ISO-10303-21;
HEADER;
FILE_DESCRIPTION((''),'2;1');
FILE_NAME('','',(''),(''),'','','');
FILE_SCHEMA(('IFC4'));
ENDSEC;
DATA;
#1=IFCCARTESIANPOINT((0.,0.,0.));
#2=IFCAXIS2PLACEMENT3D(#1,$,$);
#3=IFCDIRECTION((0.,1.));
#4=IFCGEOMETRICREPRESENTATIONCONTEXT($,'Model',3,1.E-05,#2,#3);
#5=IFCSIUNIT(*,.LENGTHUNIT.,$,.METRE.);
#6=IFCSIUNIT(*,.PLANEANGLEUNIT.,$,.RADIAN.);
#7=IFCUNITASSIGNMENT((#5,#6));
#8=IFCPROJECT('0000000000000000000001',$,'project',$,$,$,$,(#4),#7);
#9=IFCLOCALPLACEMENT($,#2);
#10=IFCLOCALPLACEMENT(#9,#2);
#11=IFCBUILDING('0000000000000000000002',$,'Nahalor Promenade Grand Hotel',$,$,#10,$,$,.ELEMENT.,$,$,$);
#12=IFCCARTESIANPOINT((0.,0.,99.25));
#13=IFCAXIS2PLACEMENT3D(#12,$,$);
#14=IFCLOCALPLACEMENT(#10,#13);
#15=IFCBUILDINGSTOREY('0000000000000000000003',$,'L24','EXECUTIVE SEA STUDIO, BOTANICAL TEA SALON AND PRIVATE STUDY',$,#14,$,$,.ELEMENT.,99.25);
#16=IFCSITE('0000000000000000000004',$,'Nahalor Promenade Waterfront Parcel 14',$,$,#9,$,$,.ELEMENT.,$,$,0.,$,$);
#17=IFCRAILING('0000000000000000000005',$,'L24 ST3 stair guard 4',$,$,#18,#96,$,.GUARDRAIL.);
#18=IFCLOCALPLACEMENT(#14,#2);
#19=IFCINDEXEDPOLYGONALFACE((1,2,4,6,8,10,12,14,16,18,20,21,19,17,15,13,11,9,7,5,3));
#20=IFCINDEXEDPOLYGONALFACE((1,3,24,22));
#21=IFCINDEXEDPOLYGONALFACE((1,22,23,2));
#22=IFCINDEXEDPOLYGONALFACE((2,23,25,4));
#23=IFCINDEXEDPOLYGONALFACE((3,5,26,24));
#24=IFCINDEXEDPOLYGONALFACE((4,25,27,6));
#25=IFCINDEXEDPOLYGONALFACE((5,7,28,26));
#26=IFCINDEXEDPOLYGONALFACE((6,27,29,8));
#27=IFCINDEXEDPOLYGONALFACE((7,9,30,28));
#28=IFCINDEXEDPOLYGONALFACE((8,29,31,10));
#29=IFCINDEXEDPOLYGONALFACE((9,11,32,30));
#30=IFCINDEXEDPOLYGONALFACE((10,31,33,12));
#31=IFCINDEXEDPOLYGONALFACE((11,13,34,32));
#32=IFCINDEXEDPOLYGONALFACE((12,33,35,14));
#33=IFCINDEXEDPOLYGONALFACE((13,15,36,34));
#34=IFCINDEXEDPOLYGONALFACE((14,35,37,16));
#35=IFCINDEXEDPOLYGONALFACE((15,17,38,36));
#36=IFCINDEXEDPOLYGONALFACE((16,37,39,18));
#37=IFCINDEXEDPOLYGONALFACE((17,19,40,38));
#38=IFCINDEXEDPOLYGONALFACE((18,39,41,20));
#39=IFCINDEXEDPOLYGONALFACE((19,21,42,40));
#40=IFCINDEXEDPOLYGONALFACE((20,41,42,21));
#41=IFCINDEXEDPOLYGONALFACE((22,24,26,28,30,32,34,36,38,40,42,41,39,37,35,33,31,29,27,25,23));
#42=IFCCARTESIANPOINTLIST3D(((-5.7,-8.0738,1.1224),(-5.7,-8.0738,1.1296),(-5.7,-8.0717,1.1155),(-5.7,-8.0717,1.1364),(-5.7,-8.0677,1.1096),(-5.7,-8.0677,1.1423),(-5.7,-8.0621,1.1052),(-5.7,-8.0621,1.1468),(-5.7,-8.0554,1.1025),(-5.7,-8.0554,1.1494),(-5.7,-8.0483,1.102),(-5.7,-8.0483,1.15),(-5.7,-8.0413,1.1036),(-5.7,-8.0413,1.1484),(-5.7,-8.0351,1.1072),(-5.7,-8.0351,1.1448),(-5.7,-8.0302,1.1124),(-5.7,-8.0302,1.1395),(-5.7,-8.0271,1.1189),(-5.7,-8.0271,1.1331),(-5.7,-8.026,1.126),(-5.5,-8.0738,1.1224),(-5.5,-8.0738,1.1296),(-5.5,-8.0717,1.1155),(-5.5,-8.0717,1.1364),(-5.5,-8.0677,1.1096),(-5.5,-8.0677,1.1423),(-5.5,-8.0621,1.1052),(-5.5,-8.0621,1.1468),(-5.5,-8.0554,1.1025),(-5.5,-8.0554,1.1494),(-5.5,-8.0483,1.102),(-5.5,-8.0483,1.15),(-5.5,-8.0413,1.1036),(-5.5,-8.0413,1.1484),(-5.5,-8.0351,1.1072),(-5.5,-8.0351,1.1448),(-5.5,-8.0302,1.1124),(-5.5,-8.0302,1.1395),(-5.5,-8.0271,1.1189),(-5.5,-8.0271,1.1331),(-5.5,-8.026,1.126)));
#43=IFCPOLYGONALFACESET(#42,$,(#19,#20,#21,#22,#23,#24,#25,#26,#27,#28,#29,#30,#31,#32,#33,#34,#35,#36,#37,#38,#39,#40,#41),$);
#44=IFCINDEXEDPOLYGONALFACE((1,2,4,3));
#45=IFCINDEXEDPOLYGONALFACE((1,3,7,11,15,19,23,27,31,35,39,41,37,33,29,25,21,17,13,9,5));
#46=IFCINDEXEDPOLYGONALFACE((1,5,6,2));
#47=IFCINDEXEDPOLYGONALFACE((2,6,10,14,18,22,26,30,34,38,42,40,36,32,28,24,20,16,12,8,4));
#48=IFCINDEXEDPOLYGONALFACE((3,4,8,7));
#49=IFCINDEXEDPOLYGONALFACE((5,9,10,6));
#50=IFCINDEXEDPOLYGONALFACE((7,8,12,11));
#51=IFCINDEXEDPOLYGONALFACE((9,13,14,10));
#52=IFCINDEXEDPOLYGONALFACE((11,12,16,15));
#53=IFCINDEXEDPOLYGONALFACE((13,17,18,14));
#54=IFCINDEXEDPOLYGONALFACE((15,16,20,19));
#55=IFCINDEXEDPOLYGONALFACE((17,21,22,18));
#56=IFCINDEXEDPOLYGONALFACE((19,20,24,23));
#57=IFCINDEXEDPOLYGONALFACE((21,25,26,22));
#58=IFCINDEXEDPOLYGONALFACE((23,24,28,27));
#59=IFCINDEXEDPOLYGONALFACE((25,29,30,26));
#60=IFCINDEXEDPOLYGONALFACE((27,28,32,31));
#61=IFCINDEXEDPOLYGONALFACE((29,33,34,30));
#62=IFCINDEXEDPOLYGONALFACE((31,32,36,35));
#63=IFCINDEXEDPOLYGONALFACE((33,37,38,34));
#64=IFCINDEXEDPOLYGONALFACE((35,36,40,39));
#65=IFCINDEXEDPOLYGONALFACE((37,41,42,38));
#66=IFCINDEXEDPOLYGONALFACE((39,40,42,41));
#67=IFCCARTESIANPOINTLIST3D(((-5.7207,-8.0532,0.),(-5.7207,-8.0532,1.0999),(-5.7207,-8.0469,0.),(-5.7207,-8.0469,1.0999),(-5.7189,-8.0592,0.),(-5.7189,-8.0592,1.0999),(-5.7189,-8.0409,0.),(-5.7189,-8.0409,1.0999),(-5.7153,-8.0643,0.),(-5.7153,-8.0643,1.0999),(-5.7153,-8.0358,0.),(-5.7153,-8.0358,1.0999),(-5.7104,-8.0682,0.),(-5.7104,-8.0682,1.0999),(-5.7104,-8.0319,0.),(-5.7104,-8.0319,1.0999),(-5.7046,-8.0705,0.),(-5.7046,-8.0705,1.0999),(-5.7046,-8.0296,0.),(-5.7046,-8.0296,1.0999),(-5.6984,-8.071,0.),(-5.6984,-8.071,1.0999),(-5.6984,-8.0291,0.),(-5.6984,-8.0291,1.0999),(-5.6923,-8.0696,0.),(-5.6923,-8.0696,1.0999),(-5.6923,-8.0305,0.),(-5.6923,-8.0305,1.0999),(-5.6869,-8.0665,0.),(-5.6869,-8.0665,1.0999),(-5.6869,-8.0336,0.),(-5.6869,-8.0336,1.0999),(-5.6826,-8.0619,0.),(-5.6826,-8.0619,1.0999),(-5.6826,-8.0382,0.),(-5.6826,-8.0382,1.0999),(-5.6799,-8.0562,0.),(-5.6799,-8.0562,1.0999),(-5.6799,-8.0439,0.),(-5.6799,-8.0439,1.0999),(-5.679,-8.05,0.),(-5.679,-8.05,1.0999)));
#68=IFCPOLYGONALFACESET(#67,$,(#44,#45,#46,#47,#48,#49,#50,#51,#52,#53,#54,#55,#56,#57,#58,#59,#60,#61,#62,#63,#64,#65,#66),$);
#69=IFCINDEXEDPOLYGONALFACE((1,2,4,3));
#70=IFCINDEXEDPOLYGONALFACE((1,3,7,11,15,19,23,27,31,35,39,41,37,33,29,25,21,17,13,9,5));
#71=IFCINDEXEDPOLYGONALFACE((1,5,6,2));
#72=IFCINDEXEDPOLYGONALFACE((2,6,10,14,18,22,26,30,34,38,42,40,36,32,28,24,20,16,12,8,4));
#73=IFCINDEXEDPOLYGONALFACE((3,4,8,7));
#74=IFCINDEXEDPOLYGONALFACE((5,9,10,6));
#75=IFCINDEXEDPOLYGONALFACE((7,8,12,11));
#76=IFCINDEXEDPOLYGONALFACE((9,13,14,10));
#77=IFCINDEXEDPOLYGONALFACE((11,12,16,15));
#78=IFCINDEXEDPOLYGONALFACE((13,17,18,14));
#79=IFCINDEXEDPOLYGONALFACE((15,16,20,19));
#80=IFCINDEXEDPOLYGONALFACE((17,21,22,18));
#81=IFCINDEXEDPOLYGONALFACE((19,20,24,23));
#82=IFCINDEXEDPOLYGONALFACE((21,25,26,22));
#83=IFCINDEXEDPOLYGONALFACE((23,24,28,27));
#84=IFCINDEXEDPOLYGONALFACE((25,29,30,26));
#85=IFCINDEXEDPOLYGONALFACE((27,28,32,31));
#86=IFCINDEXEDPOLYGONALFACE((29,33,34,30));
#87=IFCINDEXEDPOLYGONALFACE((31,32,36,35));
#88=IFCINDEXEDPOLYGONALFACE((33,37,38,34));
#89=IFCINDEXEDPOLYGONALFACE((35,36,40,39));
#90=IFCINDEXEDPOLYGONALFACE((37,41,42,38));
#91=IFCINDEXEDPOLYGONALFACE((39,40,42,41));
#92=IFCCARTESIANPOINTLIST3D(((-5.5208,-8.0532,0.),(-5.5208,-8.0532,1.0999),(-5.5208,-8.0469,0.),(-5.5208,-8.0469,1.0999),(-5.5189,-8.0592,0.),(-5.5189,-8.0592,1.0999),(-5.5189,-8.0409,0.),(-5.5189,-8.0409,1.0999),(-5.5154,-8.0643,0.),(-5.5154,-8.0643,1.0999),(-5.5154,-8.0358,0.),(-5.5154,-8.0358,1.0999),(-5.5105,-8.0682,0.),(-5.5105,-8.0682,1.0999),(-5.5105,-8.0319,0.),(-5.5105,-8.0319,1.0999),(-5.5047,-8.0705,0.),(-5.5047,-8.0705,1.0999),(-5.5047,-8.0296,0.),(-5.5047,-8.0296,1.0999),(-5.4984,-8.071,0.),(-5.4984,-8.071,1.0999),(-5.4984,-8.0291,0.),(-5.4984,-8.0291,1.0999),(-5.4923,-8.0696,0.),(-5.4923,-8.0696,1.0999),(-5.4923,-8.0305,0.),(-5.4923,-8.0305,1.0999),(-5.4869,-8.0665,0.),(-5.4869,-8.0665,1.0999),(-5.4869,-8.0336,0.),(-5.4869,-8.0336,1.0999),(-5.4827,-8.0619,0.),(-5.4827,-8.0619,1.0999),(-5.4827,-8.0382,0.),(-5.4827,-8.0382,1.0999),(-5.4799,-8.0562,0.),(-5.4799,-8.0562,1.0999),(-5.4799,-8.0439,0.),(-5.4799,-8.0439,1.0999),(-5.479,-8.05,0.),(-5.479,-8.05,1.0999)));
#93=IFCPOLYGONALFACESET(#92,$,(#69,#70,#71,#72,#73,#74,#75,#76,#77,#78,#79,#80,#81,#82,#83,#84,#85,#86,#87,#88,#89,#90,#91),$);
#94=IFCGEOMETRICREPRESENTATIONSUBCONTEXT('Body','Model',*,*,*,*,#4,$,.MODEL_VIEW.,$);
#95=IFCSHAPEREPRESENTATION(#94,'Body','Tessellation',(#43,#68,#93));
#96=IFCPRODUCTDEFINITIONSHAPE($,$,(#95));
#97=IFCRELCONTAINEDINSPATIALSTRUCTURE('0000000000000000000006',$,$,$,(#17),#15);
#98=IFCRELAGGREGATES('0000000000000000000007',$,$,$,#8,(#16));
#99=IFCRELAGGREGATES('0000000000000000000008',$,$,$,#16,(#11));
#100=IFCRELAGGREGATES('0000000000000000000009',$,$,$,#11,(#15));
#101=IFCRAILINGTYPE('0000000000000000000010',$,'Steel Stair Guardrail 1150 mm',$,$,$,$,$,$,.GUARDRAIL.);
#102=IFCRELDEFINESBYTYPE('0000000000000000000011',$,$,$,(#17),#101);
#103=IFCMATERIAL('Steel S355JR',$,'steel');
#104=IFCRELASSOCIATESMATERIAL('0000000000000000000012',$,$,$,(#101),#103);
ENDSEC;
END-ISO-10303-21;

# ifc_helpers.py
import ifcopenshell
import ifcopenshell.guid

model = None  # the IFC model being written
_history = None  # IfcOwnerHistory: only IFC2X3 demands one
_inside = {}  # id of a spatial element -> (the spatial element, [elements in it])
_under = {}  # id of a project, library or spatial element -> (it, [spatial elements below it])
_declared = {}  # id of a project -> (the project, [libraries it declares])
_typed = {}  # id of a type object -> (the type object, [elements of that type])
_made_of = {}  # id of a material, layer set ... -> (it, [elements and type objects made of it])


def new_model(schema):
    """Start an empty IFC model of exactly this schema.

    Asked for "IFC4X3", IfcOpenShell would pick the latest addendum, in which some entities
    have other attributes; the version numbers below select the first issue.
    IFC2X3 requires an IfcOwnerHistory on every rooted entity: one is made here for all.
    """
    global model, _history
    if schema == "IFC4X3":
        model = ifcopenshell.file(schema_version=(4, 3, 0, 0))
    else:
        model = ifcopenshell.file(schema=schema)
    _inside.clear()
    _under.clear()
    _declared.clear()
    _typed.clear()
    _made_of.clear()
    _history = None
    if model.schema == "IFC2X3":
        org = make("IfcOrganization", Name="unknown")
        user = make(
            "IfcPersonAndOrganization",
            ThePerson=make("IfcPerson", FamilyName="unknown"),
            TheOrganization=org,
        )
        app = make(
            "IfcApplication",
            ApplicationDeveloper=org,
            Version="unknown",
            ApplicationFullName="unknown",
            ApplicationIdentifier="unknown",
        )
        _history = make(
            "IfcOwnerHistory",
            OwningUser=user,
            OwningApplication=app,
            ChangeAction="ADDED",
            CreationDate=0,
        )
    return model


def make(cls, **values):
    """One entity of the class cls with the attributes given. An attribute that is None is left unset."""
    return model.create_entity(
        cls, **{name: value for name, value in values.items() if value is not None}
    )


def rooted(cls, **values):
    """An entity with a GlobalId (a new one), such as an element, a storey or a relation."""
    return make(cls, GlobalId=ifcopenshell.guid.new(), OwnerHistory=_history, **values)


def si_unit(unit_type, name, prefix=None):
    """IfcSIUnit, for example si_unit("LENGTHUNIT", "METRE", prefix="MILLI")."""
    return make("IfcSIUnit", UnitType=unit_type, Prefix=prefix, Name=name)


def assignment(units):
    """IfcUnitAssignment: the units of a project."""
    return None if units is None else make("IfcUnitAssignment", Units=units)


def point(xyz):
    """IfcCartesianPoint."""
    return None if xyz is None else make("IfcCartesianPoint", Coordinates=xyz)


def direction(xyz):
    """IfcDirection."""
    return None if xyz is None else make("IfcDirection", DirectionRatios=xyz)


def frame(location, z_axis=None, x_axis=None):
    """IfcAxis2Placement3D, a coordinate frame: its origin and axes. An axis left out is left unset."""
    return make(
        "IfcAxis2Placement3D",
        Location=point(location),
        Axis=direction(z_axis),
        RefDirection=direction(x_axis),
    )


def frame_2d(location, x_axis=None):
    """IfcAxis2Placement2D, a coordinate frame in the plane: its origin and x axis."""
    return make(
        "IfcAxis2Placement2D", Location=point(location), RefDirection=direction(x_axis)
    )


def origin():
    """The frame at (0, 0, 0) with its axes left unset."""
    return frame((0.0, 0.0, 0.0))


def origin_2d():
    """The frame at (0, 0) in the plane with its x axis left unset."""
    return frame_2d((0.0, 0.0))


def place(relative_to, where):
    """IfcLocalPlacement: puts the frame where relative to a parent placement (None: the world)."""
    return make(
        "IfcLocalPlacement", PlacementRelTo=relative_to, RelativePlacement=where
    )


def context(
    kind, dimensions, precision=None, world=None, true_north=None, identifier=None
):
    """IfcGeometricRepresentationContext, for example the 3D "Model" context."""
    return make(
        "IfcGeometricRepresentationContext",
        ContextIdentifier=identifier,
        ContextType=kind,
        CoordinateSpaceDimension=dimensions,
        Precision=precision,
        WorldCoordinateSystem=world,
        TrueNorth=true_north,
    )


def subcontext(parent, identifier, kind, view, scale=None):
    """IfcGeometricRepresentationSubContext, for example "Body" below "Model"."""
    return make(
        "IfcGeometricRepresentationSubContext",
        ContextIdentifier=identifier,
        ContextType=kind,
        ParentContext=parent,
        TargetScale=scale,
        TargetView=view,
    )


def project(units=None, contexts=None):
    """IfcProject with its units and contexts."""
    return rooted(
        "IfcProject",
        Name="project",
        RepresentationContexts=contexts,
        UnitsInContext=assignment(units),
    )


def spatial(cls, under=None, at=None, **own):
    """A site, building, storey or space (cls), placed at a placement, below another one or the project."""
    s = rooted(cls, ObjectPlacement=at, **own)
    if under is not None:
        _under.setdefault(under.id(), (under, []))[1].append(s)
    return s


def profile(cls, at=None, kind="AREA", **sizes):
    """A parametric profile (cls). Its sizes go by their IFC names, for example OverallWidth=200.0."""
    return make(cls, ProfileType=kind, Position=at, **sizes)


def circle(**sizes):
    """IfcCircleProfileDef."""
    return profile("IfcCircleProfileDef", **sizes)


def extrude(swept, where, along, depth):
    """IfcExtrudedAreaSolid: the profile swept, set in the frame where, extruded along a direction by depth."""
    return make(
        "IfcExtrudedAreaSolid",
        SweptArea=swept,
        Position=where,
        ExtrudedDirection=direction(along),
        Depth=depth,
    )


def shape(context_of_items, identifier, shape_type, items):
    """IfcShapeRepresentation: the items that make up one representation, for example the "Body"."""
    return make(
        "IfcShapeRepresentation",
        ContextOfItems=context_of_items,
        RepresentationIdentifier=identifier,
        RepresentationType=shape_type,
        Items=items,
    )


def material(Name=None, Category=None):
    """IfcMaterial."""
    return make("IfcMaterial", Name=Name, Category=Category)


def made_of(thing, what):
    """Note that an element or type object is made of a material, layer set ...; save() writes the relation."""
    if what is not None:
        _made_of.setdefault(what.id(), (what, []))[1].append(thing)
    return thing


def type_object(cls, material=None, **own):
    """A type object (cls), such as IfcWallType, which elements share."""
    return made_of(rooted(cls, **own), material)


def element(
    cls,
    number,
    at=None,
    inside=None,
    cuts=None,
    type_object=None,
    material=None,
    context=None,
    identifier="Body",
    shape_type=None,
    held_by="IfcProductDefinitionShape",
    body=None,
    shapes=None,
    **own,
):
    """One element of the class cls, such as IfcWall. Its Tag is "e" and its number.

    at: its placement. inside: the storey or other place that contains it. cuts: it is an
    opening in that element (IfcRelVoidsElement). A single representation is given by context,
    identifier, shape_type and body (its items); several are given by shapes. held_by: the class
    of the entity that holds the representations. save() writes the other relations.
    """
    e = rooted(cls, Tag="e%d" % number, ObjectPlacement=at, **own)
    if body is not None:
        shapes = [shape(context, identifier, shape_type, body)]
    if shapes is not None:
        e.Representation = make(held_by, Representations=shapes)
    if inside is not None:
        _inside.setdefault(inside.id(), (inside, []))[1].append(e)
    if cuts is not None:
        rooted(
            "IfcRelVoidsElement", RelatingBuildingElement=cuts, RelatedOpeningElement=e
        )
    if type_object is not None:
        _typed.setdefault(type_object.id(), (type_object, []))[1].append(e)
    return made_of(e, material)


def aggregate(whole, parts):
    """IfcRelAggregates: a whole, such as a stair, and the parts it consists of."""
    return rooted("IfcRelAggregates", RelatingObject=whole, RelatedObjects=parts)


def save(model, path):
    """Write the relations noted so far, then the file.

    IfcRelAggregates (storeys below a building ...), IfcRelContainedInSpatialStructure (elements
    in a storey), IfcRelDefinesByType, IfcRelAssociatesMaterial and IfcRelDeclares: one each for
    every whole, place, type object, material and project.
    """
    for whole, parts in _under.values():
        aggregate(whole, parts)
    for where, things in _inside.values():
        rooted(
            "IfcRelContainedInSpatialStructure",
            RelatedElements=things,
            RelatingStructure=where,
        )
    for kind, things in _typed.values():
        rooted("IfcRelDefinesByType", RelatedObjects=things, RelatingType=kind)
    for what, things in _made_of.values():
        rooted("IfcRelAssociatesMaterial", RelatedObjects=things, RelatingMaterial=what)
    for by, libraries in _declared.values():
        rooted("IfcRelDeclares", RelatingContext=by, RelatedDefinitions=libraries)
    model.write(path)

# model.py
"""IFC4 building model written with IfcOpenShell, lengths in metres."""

from ifc_helpers import new_model, si_unit, direction, frame, origin, origin_2d, place, context, subcontext, project, spatial, circle, extrude, material, type_object, element, save


model = new_model("IFC4")

# Units and contexts
model_context = context("Model", 3, precision=1e-05, world=origin(), true_north=direction((0.0, 1.0)))
body_context = subcontext(model_context, "Body", "Model", "MODEL_VIEW")
ifc_project = project(units=[si_unit("LENGTHUNIT", "METRE"), si_unit("PLANEANGLEUNIT", "RADIAN")], contexts=[model_context])

# Site, building, storey
site_placement = place(None, origin())
site = spatial("IfcSite", under=ifc_project, at=site_placement, Name="Nahalor Promenade Waterfront Parcel 14", CompositionType="ELEMENT", RefElevation=0.0)
building_placement = place(site_placement, origin())
building = spatial("IfcBuilding", under=site, at=building_placement, Name="Nahalor Promenade Grand Hotel", CompositionType="ELEMENT")
storey_placement = place(building_placement, frame((0.0, 0.0, 99.25)))
storey = spatial("IfcBuildingStorey", under=building, at=storey_placement, Name="L24", Description="EXECUTIVE SEA STUDIO, BOTANICAL TEA SALON AND PRIVATE STUDY", CompositionType="ELEMENT", Elevation=99.25)

# Shared definitions
ifc_material_1 = material(Name="Steel S355JR", Category="steel")

# Railing
railing_type_1 = type_object("IfcRailingType", Name="Steel Stair Guardrail 1150 mm", PredefinedType="GUARDRAIL", material=ifc_material_1)
railing_1_placement = place(storey_placement, frame((-5.7, -8.05, 0.0)))
element("IfcRailing", 1, at=railing_1_placement, inside=storey, type_object=railing_type_1, Name="L24 ST3 stair guard 4", PredefinedType="GUARDRAIL", context=body_context, shape_type="SweptSolid", body=[
    extrude(circle(Radius=0.024, at=origin_2d()), frame((0.0, 0.0, 1.126), z_axis=(1.0, 0.0, 0.0), x_axis=(0.0, 1.0, 0.0)), (0.0, 0.0, 1.0), 0.2),
    extrude(circle(Radius=0.021, at=origin_2d()), origin(), (0.0, 0.0, 1.0), 1.0999),
    extrude(circle(Radius=0.021, at=origin_2d()), frame((0.2, 0.0, 0.0)), (0.0, 0.0, 1.0), 1.0999),
])

save(model, "model.ifc")
